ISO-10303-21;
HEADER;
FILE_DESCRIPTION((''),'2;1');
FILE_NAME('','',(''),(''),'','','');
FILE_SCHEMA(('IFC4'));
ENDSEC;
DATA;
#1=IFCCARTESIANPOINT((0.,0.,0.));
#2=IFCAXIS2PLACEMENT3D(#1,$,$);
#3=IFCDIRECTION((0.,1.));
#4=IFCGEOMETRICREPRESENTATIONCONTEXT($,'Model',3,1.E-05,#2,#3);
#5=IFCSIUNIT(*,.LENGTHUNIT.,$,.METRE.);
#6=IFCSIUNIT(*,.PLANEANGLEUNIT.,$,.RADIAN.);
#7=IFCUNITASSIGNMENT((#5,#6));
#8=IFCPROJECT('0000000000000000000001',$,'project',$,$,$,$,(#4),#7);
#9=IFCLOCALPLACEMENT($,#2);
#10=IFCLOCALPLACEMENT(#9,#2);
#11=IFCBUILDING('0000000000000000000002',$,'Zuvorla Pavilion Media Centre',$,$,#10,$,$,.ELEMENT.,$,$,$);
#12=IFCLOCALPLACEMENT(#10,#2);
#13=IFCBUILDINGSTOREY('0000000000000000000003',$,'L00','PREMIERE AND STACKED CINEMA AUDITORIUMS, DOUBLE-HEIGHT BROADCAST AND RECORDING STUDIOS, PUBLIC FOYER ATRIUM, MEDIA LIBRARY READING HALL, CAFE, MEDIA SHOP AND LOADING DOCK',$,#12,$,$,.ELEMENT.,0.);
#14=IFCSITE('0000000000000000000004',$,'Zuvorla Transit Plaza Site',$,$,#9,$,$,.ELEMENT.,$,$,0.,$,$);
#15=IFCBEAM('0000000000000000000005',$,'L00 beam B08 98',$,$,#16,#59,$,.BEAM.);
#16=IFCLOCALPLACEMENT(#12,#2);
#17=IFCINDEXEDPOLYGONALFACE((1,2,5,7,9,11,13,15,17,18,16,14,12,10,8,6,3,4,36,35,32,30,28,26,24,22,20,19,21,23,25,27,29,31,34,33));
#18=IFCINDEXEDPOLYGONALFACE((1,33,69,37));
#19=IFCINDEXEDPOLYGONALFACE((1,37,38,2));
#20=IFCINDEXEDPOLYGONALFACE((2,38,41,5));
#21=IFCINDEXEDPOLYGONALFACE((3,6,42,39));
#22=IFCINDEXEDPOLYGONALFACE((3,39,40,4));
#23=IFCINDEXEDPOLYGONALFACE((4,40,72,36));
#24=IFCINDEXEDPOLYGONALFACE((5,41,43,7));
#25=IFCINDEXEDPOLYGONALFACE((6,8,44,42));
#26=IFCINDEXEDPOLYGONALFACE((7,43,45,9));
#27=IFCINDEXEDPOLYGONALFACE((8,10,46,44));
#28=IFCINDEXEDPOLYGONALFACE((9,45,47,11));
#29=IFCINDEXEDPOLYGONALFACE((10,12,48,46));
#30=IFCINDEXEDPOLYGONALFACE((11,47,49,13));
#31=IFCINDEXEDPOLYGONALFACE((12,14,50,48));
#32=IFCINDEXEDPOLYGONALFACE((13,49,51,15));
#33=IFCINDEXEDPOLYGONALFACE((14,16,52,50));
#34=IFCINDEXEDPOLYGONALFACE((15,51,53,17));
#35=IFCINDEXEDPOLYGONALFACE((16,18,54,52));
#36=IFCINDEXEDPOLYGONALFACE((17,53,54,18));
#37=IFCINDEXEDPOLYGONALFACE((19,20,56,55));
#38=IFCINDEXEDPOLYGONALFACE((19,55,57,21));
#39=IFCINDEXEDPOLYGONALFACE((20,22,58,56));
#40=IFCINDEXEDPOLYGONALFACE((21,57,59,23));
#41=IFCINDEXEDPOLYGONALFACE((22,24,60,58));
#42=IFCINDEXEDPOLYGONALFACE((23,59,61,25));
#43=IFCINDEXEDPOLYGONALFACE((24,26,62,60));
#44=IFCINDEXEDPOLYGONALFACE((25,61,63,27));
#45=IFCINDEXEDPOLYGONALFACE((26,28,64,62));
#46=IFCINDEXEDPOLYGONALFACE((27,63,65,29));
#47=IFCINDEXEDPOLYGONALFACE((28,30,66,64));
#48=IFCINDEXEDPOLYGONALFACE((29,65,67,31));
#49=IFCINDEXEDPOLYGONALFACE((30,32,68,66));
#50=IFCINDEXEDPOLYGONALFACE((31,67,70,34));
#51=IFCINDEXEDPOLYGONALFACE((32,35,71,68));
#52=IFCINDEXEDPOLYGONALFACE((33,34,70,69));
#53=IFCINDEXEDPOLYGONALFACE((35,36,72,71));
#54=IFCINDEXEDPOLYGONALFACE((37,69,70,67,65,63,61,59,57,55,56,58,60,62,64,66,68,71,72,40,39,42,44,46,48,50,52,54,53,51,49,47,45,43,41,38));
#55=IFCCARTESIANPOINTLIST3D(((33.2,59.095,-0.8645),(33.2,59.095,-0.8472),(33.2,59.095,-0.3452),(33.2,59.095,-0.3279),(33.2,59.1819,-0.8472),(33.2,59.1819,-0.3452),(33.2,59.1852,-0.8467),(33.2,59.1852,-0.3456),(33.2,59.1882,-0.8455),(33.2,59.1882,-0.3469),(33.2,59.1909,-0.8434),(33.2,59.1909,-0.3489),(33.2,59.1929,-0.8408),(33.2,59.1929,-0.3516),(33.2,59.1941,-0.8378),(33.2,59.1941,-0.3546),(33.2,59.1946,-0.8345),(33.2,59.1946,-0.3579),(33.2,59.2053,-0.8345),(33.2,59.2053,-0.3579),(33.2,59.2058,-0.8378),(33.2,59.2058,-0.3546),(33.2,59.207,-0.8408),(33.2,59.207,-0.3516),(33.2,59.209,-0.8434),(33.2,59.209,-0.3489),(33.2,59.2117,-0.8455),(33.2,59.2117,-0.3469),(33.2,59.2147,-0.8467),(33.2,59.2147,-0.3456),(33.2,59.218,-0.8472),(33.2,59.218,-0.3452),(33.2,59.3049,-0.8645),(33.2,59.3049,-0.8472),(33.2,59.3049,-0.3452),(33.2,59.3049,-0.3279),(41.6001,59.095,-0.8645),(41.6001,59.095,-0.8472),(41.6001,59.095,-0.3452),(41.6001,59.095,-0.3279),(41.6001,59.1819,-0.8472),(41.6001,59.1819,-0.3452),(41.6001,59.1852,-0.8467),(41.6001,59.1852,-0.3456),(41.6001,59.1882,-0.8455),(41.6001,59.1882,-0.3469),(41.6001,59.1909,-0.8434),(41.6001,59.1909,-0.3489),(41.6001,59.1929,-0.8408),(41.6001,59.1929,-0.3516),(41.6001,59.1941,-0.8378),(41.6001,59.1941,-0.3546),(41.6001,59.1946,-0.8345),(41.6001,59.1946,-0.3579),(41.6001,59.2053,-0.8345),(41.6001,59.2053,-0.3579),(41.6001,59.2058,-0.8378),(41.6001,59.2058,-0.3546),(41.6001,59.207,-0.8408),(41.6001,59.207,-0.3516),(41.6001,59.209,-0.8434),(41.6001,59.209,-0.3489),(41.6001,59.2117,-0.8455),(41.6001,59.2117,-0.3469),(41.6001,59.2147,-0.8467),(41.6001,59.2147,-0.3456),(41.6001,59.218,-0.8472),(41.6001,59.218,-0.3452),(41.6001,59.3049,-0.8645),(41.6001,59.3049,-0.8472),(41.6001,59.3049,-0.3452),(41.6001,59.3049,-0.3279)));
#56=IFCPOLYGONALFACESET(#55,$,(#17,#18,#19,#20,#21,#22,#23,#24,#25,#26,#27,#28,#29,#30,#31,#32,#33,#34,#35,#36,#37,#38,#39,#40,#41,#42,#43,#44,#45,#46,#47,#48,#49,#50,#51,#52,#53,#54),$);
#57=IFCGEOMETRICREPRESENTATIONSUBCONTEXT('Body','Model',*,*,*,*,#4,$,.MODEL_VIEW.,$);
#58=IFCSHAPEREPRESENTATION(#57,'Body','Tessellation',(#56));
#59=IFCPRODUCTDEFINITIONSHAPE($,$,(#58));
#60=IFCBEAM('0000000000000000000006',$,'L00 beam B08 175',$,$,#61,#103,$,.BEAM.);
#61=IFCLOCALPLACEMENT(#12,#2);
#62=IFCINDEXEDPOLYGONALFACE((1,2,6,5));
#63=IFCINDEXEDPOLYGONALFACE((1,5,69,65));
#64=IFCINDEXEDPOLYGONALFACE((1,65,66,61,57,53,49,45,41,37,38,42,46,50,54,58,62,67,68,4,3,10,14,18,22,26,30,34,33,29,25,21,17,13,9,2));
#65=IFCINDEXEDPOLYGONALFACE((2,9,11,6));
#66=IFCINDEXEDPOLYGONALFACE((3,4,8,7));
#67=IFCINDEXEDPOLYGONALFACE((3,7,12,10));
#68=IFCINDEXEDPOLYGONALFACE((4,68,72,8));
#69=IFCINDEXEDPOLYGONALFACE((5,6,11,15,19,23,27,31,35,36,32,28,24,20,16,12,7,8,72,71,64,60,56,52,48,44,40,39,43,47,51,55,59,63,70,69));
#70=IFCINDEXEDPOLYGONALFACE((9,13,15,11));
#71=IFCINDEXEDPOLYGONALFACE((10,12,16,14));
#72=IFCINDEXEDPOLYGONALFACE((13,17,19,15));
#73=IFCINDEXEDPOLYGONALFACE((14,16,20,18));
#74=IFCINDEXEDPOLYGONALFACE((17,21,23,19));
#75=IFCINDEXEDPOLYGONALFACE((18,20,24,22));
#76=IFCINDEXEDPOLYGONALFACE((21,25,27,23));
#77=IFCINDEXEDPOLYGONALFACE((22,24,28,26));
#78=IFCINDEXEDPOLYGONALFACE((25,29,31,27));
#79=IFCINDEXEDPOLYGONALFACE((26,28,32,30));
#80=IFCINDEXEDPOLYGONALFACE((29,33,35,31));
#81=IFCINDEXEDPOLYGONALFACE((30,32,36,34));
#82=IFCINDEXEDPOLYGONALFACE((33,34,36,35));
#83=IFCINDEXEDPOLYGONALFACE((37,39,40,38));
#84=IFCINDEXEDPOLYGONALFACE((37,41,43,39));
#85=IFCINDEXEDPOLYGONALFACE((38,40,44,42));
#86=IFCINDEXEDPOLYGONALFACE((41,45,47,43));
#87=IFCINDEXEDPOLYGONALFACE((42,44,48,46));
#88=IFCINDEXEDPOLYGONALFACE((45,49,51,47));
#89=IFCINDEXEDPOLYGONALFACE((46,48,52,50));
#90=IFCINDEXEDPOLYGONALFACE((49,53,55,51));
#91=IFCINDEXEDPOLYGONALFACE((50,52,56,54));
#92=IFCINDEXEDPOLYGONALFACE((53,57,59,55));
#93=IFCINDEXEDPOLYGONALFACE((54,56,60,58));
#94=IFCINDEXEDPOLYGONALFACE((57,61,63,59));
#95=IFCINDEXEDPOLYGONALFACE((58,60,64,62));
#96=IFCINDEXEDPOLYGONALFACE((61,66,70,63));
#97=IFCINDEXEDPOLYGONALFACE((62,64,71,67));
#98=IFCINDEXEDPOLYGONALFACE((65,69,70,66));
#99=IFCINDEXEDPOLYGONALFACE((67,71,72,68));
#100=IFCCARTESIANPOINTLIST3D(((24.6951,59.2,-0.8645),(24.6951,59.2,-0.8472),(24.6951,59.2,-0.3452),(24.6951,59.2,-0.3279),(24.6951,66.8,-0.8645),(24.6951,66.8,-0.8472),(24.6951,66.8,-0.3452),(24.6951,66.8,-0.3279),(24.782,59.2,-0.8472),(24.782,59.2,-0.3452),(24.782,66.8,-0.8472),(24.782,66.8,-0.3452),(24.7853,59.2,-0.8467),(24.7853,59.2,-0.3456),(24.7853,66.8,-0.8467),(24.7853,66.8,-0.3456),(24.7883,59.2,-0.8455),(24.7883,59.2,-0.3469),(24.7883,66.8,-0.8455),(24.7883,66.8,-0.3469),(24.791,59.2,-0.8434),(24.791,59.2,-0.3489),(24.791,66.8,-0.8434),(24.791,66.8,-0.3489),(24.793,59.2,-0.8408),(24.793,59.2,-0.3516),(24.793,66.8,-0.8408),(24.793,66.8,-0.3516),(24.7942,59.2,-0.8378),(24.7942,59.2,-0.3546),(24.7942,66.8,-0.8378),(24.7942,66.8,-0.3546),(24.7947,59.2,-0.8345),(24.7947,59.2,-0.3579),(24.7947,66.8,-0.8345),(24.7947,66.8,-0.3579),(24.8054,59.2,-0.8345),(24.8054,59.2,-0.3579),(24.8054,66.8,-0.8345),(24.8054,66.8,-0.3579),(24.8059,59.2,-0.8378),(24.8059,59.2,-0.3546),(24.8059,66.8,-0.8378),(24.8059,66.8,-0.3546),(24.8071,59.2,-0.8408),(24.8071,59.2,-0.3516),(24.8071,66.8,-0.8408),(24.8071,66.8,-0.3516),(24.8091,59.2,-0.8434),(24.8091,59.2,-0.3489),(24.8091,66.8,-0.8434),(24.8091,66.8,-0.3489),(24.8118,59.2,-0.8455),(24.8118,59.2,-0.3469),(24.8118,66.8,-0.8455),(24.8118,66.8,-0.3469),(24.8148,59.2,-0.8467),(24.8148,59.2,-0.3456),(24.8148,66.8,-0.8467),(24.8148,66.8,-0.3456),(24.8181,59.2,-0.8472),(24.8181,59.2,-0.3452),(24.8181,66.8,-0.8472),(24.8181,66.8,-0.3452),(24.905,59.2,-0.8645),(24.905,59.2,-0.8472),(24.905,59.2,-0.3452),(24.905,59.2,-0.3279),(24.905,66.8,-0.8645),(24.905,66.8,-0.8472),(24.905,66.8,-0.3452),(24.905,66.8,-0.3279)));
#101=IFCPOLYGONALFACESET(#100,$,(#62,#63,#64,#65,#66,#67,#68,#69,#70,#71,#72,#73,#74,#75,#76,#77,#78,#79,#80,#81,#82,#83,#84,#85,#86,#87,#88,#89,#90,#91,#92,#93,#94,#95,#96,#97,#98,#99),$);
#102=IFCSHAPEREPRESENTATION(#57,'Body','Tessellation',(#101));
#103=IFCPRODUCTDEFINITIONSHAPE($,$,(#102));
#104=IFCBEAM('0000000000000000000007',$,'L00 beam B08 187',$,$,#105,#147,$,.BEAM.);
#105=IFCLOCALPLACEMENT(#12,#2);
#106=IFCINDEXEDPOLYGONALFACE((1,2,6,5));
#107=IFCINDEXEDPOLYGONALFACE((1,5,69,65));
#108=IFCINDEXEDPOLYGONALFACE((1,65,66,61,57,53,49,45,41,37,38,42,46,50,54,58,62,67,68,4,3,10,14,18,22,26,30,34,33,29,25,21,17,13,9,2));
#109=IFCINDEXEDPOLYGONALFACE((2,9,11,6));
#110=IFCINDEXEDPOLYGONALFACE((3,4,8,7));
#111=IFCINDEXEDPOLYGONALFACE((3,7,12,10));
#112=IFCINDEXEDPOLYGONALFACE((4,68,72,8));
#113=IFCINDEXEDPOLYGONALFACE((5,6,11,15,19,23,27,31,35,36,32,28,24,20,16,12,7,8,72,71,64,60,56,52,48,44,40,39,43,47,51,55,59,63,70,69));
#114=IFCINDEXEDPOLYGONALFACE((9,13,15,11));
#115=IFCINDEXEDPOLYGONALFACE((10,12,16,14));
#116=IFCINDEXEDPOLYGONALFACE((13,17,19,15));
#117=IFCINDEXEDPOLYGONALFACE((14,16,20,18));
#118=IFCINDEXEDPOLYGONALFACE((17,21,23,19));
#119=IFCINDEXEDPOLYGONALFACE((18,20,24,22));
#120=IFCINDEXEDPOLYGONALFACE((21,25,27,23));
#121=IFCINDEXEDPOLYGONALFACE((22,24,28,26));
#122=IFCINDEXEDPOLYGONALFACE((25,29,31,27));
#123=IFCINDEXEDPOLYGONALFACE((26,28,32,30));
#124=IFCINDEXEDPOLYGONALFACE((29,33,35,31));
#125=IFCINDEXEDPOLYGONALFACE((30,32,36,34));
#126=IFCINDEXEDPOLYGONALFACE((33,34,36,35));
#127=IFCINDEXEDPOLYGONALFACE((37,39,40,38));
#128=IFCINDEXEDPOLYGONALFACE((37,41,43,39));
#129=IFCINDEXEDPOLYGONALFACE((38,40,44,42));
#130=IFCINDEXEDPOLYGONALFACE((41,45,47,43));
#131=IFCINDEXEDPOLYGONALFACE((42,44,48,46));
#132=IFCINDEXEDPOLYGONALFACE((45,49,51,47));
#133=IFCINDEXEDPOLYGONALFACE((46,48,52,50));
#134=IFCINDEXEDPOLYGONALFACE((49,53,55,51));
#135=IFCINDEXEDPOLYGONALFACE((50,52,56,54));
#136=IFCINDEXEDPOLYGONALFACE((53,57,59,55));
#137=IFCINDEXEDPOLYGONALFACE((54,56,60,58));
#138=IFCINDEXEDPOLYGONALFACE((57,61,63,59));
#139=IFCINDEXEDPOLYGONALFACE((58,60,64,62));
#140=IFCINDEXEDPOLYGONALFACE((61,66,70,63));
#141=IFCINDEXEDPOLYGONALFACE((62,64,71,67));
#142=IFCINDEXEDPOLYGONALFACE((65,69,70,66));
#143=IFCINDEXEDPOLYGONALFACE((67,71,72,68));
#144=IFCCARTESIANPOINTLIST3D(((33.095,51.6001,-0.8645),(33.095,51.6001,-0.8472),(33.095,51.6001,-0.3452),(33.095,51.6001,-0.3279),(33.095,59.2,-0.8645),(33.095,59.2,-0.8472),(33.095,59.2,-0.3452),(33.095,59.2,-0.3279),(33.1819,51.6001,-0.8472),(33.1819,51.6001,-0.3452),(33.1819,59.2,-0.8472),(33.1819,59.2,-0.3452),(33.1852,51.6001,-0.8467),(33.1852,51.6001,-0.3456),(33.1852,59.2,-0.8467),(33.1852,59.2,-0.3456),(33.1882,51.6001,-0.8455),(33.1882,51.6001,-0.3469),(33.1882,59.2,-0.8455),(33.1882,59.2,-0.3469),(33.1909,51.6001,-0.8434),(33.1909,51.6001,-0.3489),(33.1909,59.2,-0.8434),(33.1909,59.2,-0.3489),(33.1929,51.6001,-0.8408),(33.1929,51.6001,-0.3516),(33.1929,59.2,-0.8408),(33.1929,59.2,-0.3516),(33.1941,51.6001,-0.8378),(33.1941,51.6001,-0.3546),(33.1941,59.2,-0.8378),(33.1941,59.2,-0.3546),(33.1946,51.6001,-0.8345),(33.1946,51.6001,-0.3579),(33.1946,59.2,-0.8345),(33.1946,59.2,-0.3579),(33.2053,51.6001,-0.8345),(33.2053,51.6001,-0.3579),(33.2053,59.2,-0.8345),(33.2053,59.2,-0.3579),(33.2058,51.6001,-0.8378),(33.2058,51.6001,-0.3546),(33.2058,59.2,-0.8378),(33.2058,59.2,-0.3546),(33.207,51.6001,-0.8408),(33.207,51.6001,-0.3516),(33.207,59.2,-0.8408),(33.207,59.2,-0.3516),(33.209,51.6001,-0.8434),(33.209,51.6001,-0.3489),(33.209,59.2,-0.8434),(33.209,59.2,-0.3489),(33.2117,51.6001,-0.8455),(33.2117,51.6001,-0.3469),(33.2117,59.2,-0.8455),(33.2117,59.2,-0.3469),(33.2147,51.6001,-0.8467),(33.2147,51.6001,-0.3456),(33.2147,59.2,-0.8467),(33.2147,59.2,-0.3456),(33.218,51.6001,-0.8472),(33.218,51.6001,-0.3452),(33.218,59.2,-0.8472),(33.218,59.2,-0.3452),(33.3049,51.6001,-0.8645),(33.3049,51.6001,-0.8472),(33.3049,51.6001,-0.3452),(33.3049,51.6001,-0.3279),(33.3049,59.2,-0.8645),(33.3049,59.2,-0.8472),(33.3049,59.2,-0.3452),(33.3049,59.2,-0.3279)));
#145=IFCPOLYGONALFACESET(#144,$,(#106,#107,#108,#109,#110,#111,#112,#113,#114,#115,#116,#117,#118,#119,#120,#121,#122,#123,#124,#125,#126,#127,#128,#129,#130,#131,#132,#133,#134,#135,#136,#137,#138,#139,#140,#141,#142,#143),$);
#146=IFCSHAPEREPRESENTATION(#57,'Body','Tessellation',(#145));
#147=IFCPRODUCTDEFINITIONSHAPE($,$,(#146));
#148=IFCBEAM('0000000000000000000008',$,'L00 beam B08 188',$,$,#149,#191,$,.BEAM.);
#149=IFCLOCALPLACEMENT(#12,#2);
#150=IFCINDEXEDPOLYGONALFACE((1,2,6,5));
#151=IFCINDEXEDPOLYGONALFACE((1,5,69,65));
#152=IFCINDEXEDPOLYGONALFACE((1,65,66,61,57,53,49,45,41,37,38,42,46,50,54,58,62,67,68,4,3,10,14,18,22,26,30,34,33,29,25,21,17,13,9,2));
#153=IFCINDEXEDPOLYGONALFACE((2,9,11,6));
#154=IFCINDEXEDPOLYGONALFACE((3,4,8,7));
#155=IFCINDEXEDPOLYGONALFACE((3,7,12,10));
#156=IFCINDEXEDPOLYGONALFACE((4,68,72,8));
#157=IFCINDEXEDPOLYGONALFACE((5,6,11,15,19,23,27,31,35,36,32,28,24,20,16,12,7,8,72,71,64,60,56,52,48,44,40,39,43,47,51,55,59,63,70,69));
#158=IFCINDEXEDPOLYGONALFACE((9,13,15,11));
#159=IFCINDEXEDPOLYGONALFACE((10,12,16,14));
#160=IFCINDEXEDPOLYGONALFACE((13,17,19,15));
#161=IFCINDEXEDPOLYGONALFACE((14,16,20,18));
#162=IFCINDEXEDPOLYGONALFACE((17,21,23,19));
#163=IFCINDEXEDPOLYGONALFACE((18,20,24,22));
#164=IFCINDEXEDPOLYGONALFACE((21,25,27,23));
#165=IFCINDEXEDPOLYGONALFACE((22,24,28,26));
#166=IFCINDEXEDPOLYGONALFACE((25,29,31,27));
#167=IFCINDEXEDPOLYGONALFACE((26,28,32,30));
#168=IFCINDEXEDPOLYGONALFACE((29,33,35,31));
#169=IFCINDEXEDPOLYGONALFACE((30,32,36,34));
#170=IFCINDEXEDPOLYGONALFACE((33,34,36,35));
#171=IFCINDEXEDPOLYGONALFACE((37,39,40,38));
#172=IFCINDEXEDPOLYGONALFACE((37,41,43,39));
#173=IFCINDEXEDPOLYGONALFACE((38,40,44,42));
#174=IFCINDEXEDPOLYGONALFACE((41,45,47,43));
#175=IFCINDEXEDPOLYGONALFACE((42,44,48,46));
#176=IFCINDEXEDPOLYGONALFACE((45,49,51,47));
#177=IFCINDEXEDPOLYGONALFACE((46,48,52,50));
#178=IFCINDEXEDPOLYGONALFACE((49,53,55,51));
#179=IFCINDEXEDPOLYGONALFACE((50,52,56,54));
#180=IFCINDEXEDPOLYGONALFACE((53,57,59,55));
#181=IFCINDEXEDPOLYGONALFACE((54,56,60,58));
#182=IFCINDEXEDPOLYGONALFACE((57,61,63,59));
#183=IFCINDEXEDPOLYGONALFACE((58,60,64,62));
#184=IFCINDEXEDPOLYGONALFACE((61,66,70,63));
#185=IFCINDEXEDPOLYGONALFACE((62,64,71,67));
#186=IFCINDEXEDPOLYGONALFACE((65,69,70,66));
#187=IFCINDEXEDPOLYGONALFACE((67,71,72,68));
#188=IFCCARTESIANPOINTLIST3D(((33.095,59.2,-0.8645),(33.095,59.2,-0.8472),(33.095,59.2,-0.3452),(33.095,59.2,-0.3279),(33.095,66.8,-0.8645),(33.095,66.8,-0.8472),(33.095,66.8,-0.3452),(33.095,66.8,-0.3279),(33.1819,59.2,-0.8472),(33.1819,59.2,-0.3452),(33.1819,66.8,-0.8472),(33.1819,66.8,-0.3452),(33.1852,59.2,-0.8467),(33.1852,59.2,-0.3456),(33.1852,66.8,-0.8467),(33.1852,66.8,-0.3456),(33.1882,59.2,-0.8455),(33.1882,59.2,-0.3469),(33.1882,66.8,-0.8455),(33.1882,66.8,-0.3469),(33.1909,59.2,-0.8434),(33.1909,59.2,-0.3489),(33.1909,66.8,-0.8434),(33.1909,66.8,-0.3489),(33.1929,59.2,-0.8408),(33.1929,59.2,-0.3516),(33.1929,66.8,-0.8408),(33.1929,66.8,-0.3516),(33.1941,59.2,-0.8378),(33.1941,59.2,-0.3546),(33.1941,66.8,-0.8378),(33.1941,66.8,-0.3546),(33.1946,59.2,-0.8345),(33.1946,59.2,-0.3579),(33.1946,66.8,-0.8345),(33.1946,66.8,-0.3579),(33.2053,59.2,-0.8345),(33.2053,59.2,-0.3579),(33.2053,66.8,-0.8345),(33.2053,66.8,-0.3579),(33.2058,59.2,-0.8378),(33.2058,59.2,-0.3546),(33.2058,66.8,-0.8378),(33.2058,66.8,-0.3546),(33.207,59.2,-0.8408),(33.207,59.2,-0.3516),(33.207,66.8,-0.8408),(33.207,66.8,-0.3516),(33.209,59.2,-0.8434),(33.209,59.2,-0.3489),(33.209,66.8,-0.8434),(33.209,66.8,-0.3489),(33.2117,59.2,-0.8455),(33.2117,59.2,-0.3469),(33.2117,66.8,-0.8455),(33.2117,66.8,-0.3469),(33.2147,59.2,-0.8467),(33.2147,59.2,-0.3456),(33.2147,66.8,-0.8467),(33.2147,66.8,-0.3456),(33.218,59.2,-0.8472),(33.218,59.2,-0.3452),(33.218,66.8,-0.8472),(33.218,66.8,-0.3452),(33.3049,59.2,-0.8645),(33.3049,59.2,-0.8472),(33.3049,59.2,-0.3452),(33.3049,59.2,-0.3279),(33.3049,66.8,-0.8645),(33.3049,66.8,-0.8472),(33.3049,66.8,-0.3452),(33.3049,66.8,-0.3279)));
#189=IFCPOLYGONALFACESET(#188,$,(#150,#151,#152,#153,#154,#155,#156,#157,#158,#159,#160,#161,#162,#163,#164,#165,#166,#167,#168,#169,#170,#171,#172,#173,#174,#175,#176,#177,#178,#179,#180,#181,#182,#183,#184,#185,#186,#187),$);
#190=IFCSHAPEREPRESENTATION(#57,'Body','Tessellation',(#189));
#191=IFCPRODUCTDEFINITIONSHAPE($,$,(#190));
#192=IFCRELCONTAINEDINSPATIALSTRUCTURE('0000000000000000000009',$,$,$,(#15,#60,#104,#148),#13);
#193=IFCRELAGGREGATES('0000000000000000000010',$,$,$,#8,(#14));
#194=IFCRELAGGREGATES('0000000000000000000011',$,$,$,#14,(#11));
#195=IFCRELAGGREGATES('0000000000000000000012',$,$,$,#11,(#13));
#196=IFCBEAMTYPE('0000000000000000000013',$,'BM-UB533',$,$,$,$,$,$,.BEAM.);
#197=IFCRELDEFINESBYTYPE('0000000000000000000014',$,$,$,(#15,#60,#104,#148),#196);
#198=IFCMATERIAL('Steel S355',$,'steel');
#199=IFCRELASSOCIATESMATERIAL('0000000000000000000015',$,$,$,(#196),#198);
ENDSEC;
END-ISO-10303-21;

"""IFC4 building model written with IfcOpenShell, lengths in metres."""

from ifc_helpers import new_model, si_unit, direction, frame, origin, origin_2d, place, context, subcontext, project, spatial, i_section, extrude, material, material_profile, profile_set, type_object, element, save


model = new_model("IFC4")

# Units and contexts
model_context = context("Model", 3, precision=1e-05, world=origin(), true_north=direction((0.0, 1.0)))
body_context = subcontext(model_context, "Body", "Model", "MODEL_VIEW")
ifc_project = project(units=[si_unit("LENGTHUNIT", "METRE"), si_unit("PLANEANGLEUNIT", "RADIAN")], contexts=[model_context])

# Site, building, storey
site_placement = place(None, origin())
site = spatial("IfcSite", under=ifc_project, at=site_placement, Name="Zuvorla Transit Plaza Site", CompositionType="ELEMENT", RefElevation=0.0)
building_placement = place(site_placement, origin())
building = spatial("IfcBuilding", under=site, at=building_placement, Name="Zuvorla Pavilion Media Centre", CompositionType="ELEMENT")
storey_placement = place(building_placement, origin())
storey = spatial("IfcBuildingStorey", under=building, at=storey_placement, Name="L00", Description="PREMIERE AND STACKED CINEMA AUDITORIUMS, DOUBLE-HEIGHT BROADCAST AND RECORDING STUDIOS, PUBLIC FOYER ATRIUM, MEDIA LIBRARY READING HALL, CAFE, MEDIA SHOP AND LOADING DOCK", CompositionType="ELEMENT", Elevation=0.0)

# Beams
ifc_material_1 = material(Name="Steel S355", Category="steel")
ifc_material_profile_1 = material_profile(ifc_material_1, i_section(OverallWidth=0.21, OverallDepth=0.5366, WebThickness=0.0107, FlangeThickness=0.0173, FilletRadius=0.0127, at=origin_2d()), Name="UB 533x210x101")
ifc_profile_set_1 = profile_set([ifc_material_profile_1], Name="Steel S355")
beam_type_1 = type_object("IfcBeamType", Name="BM-UB533", PredefinedType="BEAM", material=ifc_profile_set_1)
beam_1_placement = place(storey_placement, frame((33.2, 59.2, -0.5962), z_axis=(1.0, 0.0, 0.0), x_axis=(0.0, 1.0, 0.0)))
element("IfcBeam", 1, at=beam_1_placement, inside=storey, type_object=beam_type_1, Name="L00 beam B08 98", PredefinedType="BEAM", context=body_context, shape_type="SweptSolid", body=[
    extrude(i_section(OverallWidth=0.21, OverallDepth=0.5366, WebThickness=0.0107, FlangeThickness=0.0173, FilletRadius=0.0127, at=origin_2d()), origin(), (0.0, 0.0, 1.0), 8.4001),
])
beam_2_placement = place(storey_placement, frame((24.8, 59.2, -0.5962), z_axis=(0.0, 1.0, 0.0), x_axis=(-1.0, 0.0, 0.0)))
element("IfcBeam", 2, at=beam_2_placement, inside=storey, type_object=beam_type_1, Name="L00 beam B08 175", PredefinedType="BEAM", context=body_context, shape_type="SweptSolid", body=[
    extrude(i_section(OverallWidth=0.21, OverallDepth=0.5366, WebThickness=0.0107, FlangeThickness=0.0173, FilletRadius=0.0127, at=origin_2d()), origin(), (0.0, 0.0, 1.0), 7.6001),
])
beam_3_placement = place(storey_placement, frame((33.2, 51.6001, -0.5962), z_axis=(0.0, 1.0, 0.0), x_axis=(-1.0, 0.0, 0.0)))
element("IfcBeam", 3, at=beam_3_placement, inside=storey, type_object=beam_type_1, Name="L00 beam B08 187", PredefinedType="BEAM", context=body_context, shape_type="SweptSolid", body=[
    extrude(i_section(OverallWidth=0.21, OverallDepth=0.5366, WebThickness=0.0107, FlangeThickness=0.0173, FilletRadius=0.0127, at=origin_2d()), origin(), (0.0, 0.0, 1.0), 7.5999),
])
for number, where, z_axis, x_axis, name in (
    (4, (33.2, 59.2, -0.5962), (0.0, 1.0, 0.0), (-1.0, 0.0, 0.0), "L00 beam B08 188"),
):
    element("IfcBeam", number, at=place(storey_placement, frame(where, z_axis=z_axis, x_axis=x_axis)), inside=storey, type_object=beam_type_1, Name=name, PredefinedType="BEAM", context=body_context, shape_type="SweptSolid", body=[
        extrude(i_section(OverallWidth=0.21, OverallDepth=0.5366, WebThickness=0.0107, FlangeThickness=0.0173, FilletRadius=0.0127, at=origin_2d()), origin(), (0.0, 0.0, 1.0), 7.6001),
    ])

save(model, "model.ifc")
